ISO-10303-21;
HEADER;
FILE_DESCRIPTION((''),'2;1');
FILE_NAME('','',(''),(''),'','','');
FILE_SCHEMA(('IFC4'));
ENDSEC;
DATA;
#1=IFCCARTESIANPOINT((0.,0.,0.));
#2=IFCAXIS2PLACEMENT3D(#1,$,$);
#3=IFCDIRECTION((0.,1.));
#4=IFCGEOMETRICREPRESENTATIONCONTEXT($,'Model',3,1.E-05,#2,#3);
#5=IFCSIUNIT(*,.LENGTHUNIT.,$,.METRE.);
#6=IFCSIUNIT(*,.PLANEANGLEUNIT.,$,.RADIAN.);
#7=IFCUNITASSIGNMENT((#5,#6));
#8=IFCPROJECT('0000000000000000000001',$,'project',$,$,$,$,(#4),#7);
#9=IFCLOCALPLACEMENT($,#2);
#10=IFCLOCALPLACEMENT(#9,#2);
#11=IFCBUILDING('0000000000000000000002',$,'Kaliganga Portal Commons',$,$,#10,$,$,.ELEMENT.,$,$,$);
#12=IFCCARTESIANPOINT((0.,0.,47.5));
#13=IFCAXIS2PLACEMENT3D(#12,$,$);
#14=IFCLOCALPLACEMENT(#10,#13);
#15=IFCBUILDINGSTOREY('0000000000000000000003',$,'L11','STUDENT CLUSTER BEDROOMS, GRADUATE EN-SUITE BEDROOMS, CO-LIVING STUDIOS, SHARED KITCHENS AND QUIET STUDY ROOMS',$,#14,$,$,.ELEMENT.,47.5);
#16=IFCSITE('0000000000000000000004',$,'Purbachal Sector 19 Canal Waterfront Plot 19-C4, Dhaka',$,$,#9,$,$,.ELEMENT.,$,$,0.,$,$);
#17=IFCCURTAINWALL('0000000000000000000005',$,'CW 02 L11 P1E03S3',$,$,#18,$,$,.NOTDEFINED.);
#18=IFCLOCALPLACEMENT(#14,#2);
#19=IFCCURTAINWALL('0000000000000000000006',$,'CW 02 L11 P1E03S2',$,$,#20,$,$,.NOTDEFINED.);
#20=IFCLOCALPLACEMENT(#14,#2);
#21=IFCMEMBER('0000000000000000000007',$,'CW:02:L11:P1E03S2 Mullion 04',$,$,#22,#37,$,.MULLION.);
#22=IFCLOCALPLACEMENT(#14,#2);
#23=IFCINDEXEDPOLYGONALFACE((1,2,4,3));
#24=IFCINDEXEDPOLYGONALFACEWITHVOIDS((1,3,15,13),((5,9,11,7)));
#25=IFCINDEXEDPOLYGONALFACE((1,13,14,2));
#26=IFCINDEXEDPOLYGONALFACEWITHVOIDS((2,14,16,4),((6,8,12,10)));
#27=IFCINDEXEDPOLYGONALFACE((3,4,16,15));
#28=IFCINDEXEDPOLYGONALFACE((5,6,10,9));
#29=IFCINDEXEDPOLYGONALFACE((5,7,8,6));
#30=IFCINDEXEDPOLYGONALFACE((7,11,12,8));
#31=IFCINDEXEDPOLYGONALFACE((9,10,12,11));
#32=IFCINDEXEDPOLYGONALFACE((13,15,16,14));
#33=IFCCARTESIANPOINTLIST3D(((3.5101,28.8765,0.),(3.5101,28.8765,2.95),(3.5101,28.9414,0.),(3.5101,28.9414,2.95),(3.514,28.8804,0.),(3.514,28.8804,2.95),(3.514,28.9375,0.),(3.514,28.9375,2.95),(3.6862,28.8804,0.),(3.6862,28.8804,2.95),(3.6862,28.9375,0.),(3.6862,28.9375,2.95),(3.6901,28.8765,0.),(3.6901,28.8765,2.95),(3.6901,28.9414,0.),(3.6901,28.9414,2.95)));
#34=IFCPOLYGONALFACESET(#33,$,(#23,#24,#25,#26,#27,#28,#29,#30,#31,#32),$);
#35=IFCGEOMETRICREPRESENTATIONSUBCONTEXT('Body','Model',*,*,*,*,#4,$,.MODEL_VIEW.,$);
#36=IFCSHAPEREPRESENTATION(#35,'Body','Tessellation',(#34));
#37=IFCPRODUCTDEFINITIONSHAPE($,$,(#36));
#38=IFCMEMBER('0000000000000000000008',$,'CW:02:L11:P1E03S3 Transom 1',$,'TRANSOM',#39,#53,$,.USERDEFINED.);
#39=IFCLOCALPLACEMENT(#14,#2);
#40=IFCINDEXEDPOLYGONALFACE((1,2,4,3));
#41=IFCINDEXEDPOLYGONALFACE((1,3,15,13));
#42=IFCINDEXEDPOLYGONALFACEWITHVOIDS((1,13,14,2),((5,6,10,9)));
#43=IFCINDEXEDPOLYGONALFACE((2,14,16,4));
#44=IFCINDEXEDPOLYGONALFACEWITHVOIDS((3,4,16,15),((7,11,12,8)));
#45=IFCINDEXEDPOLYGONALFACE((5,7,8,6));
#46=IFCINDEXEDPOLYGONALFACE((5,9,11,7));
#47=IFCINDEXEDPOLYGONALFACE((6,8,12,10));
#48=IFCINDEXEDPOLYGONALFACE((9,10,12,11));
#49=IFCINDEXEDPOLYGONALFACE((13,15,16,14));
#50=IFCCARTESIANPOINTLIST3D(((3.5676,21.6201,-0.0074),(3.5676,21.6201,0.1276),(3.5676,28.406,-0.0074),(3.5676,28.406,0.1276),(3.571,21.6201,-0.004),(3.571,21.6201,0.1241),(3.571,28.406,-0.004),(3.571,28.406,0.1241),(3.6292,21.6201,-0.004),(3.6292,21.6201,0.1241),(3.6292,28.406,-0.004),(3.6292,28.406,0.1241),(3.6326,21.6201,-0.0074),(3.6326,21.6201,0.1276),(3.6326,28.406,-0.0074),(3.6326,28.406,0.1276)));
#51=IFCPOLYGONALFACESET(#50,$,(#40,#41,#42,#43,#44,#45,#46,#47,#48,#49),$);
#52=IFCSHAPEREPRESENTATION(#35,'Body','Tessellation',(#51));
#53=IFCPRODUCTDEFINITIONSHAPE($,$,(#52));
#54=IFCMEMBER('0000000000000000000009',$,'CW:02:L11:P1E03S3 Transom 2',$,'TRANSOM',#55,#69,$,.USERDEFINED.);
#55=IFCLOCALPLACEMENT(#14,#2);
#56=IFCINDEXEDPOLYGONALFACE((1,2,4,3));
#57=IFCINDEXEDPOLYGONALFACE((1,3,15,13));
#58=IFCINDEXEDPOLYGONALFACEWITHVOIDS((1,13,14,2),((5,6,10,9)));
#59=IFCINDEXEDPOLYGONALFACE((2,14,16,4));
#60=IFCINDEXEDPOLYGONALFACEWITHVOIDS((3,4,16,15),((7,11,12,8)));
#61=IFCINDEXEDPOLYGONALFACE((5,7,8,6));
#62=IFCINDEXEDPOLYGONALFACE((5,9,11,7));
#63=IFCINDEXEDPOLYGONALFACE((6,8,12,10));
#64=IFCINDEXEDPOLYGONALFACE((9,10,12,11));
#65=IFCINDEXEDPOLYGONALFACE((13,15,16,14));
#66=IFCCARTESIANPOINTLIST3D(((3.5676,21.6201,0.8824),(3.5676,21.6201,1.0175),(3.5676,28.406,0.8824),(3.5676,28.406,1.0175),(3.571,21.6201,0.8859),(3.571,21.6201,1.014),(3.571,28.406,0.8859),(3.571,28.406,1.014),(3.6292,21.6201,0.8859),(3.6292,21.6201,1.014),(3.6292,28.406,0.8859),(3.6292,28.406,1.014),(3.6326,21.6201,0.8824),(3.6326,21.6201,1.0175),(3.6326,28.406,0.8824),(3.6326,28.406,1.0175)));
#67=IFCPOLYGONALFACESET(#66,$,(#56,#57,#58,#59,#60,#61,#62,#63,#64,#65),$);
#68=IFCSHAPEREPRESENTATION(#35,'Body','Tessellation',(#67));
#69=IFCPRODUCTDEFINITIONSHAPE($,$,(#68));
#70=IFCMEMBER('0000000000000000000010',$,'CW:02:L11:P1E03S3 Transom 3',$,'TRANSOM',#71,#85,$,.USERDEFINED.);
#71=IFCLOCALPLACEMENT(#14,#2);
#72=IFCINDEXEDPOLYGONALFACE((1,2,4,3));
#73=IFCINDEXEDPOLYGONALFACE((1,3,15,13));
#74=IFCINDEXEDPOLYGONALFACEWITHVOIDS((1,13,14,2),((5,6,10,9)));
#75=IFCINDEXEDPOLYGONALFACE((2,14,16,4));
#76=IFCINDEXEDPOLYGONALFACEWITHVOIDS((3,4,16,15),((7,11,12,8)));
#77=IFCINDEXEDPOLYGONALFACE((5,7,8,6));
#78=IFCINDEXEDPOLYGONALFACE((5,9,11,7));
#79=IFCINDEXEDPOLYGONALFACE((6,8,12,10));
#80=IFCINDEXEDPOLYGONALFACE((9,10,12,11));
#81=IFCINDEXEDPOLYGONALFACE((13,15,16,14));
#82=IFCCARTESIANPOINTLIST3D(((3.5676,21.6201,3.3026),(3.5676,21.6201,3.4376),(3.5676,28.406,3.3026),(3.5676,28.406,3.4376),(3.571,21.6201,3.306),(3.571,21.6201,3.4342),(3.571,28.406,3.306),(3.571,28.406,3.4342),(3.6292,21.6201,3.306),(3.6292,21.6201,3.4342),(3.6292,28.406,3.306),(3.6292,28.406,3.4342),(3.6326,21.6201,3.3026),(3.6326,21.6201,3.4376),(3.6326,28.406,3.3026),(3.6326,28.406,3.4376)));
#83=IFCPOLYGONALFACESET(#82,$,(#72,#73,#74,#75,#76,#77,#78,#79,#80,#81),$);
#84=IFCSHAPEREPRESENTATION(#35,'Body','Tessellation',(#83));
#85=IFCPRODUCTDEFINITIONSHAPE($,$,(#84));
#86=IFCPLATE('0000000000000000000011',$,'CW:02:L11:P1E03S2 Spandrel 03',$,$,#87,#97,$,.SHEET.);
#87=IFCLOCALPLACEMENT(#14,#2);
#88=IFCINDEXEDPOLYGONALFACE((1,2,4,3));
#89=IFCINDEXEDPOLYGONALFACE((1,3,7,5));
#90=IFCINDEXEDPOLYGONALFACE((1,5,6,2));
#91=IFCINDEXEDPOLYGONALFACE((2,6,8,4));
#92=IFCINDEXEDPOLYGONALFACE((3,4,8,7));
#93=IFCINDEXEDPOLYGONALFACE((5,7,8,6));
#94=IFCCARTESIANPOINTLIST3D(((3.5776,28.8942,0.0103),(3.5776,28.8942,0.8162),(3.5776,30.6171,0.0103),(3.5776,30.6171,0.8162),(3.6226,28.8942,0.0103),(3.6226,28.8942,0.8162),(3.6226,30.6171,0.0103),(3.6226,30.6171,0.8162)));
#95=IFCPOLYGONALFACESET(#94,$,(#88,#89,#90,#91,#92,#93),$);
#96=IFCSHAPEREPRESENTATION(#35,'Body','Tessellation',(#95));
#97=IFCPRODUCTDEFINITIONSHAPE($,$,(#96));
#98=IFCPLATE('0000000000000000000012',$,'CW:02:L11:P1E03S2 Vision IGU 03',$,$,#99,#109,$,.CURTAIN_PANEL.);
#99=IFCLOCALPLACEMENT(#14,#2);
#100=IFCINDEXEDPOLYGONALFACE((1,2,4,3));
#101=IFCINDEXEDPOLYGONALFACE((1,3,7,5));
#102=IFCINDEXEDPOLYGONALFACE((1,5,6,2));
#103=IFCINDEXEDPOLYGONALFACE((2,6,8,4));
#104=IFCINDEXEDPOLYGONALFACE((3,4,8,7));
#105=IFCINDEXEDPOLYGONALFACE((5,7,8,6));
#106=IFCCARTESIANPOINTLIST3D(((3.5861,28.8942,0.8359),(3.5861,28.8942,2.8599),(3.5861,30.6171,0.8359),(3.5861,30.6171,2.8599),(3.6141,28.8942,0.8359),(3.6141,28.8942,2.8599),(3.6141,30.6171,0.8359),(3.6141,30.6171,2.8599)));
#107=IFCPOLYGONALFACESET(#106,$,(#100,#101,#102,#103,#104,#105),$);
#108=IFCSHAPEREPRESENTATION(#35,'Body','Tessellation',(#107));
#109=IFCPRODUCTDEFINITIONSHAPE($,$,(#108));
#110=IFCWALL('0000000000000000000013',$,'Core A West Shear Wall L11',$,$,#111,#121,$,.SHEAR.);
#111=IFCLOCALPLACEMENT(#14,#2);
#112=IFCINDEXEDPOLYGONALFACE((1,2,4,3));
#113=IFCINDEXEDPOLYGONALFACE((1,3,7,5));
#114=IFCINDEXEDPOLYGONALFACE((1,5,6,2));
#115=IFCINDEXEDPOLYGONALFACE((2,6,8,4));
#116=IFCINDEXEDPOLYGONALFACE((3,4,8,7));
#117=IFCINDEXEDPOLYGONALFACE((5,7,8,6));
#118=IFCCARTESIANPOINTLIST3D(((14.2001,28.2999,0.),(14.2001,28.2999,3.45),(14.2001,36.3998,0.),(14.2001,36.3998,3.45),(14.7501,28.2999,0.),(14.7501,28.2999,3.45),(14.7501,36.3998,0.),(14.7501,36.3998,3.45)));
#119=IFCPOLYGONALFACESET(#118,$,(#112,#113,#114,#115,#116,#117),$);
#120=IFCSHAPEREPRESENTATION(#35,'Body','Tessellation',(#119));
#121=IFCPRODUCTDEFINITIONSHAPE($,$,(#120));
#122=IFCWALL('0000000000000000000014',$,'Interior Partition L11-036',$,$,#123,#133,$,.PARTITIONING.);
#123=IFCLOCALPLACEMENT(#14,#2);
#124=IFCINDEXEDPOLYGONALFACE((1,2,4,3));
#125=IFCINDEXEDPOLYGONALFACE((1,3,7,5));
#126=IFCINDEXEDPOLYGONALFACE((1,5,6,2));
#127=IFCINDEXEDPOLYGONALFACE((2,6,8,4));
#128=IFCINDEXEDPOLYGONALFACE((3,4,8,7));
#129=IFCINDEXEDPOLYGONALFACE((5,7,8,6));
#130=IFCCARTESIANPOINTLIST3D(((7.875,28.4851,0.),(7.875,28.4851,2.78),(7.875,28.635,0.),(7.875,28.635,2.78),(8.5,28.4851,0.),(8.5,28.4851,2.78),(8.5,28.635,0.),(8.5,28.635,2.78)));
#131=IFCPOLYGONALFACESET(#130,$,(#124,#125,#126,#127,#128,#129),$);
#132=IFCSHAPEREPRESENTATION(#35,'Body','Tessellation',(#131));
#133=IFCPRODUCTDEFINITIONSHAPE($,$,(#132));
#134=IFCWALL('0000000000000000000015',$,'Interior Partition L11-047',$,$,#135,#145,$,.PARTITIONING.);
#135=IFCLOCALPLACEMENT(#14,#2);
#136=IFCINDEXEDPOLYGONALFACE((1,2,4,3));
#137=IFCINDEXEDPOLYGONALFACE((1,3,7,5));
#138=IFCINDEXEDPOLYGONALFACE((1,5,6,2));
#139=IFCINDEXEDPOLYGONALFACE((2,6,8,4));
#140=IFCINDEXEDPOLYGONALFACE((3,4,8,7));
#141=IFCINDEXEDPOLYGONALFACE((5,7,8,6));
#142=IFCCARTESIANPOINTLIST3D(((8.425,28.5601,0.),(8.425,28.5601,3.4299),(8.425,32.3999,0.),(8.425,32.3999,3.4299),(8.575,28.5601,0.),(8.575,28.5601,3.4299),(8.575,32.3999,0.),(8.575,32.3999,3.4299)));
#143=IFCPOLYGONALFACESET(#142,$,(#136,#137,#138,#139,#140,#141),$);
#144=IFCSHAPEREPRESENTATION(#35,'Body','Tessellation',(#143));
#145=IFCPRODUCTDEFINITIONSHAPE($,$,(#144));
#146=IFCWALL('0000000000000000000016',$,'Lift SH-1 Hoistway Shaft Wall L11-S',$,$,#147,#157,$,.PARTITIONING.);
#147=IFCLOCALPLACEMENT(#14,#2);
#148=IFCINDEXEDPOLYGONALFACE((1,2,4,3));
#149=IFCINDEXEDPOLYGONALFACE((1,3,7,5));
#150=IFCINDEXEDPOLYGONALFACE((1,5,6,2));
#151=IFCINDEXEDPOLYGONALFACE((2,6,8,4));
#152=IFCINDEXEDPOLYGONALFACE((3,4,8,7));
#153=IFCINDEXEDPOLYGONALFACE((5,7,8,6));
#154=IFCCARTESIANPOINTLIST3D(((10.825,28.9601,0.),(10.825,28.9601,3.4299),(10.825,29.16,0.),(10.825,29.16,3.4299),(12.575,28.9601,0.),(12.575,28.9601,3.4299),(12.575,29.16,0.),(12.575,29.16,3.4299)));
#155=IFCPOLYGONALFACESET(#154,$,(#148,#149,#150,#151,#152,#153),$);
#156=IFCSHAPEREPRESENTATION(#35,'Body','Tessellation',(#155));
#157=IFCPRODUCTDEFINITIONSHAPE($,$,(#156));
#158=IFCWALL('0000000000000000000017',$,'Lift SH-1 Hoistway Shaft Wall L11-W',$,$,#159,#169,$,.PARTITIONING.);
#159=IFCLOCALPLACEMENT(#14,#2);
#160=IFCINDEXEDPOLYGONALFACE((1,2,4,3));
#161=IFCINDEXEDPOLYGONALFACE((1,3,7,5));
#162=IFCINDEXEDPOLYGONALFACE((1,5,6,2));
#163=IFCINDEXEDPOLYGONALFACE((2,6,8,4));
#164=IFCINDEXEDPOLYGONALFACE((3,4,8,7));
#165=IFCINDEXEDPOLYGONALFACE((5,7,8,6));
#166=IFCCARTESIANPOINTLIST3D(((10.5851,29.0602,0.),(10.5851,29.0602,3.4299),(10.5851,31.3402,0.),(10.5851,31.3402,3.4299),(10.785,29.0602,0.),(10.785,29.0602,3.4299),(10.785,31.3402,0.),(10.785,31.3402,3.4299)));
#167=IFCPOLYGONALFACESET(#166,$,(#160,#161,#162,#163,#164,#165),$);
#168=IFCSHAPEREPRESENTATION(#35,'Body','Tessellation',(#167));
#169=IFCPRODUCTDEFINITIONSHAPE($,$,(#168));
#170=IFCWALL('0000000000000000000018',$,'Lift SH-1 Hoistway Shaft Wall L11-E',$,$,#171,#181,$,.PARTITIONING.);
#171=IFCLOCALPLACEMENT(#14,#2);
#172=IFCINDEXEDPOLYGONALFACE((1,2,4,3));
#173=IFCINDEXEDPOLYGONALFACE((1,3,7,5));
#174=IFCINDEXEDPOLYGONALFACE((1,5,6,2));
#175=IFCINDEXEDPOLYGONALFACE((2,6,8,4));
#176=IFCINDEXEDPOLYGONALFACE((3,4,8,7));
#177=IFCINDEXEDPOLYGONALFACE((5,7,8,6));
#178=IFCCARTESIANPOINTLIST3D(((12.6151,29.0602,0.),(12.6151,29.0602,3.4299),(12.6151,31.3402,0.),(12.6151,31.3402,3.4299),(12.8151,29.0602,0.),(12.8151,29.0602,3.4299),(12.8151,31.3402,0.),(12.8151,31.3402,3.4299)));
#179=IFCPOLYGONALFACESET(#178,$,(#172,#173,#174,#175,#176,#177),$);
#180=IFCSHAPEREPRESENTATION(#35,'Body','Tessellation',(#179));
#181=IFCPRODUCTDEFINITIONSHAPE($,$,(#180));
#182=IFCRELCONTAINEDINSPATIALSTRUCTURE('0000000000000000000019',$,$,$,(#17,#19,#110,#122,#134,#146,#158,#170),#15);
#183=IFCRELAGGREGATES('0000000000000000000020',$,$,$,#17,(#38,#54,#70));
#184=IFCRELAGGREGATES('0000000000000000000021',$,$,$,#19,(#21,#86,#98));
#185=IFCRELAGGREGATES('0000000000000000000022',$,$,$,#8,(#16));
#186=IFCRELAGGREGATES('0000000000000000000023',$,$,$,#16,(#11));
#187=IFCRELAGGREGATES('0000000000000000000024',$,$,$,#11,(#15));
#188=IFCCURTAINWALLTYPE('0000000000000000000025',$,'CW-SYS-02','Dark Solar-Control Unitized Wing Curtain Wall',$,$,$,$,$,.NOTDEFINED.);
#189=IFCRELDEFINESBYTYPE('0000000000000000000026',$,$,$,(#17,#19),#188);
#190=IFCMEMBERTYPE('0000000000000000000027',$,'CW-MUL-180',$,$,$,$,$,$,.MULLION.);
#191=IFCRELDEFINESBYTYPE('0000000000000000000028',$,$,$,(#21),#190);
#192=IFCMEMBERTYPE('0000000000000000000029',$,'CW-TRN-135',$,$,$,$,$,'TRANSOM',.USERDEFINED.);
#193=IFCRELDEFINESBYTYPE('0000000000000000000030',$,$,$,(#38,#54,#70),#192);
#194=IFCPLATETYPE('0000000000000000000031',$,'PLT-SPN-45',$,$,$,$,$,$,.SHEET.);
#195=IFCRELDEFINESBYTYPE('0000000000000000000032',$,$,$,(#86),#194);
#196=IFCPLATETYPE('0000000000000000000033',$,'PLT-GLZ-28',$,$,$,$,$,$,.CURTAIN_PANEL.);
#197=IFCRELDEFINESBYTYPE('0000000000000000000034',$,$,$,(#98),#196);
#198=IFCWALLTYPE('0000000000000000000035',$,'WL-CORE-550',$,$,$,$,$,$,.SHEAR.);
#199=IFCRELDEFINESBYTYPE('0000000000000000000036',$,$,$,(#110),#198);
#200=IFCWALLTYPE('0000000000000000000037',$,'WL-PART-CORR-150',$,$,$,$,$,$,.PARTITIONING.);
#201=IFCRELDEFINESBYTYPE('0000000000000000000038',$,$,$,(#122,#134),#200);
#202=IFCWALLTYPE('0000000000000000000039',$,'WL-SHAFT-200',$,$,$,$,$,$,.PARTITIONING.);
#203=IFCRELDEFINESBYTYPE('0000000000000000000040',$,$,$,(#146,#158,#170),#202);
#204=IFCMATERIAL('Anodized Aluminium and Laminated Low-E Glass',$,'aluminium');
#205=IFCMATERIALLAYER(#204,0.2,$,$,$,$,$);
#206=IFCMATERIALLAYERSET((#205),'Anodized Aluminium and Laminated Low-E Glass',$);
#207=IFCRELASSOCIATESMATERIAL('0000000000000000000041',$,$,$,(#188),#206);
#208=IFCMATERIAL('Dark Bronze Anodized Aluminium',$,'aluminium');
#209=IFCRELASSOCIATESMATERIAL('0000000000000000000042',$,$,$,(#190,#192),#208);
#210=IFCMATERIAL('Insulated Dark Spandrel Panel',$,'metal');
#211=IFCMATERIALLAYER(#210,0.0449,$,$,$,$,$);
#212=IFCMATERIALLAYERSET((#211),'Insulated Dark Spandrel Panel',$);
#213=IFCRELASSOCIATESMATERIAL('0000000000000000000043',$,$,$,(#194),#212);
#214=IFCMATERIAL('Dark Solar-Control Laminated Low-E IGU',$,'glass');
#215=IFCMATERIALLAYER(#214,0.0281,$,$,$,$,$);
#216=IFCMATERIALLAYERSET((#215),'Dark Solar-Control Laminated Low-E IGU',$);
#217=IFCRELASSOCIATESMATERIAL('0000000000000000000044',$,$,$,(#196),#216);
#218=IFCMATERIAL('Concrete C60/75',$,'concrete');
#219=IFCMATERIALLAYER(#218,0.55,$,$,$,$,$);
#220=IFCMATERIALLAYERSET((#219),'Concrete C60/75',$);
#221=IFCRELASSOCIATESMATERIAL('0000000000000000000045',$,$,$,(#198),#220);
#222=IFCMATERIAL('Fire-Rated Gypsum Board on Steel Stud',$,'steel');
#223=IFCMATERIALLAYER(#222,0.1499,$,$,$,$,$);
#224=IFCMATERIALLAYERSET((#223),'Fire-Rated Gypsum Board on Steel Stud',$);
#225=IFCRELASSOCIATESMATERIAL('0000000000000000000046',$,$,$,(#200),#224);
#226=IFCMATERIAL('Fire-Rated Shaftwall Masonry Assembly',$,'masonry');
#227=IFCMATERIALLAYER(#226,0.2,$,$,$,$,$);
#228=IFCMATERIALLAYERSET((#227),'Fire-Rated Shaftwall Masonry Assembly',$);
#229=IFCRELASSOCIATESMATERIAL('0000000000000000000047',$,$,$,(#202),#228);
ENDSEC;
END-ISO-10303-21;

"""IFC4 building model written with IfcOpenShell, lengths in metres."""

from ifc_helpers import new_model, si_unit, direction, frame, frame_2d, origin, origin_2d, place, context, subcontext, project, spatial, rectangle, hollow_rectangle, extrude, source, transform, mapped, material, layer, layer_set, material_profile, profile_set, type_object, element, aggregate, save


model = new_model("IFC4")

# Units and contexts
model_context = context("Model", 3, precision=1e-05, world=origin(), true_north=direction((0.0, 1.0)))
body_context = subcontext(model_context, "Body", "Model", "MODEL_VIEW")
ifc_project = project(units=[si_unit("LENGTHUNIT", "METRE"), si_unit("PLANEANGLEUNIT", "RADIAN")], contexts=[model_context])

# Site, building, storey
site_placement = place(None, origin())
site = spatial("IfcSite", under=ifc_project, at=site_placement, Name="Purbachal Sector 19 Canal Waterfront Plot 19-C4, Dhaka", CompositionType="ELEMENT", RefElevation=0.0)
building_placement = place(site_placement, origin())
building = spatial("IfcBuilding", under=site, at=building_placement, Name="Kaliganga Portal Commons", CompositionType="ELEMENT")
storey_placement = place(building_placement, frame((0.0, 0.0, 47.5)))
storey = spatial("IfcBuildingStorey", under=building, at=storey_placement, Name="L11", Description="STUDENT CLUSTER BEDROOMS, GRADUATE EN-SUITE BEDROOMS, CO-LIVING STUDIOS, SHARED KITCHENS AND QUIET STUDY ROOMS", CompositionType="ELEMENT", Elevation=47.5)

# Curtain wall
ifc_material_1 = material(Name="Anodized Aluminium and Laminated Low-E Glass", Category="aluminium")
ifc_layer_1 = layer(ifc_material_1, 0.2)
ifc_layer_set_1 = layer_set([ifc_layer_1], Name="Anodized Aluminium and Laminated Low-E Glass")
curtain_wall_type = type_object("IfcCurtainWallType", Name="CW-SYS-02", Description="Dark Solar-Control Unitized Wing Curtain Wall", PredefinedType="NOTDEFINED", material=ifc_layer_set_1)
curtain_wall_1_placement = place(storey_placement, origin())
curtain_wall_1 = element("IfcCurtainWall", 1, at=curtain_wall_1_placement, inside=storey, type_object=curtain_wall_type, Name="CW 02 L11 P1E03S3", PredefinedType="NOTDEFINED")
ifc_material_2 = material(Name="Dark Bronze Anodized Aluminium", Category="aluminium")
ifc_material_profile_1 = material_profile(ifc_material_2, hollow_rectangle(XDim=0.0649, YDim=0.1799, WallThickness=0.0039, at=origin_2d()), Name="ALU MULL 65x180x4")
ifc_profile_set_1 = profile_set([ifc_material_profile_1], Name="Dark Bronze Anodized Aluminium")
member_type_1 = type_object("IfcMemberType", Name="CW-MUL-180", PredefinedType="MULLION", material=ifc_profile_set_1)

# Curtain wall, member
curtain_wall_2_placement = place(storey_placement, origin())
curtain_wall_2 = element("IfcCurtainWall", 2, at=curtain_wall_2_placement, inside=storey, type_object=curtain_wall_type, Name="CW 02 L11 P1E03S2", PredefinedType="NOTDEFINED")
shared_shape_1 = source(origin(), body_context, "Body", "SweptSolid", [
    extrude(hollow_rectangle(XDim=0.0649, YDim=0.1799, WallThickness=0.0039, at=origin_2d()), origin(), (0.0, 0.0, 1.0), 2.95),
])
member_1_placement = place(storey_placement, frame((3.6001, 28.9089, 0.0), z_axis=(0.0, 0.0, 1.0), x_axis=(0.0, -1.0, 0.0)))
member_1 = element("IfcMember", 3, at=member_1_placement, type_object=member_type_1, Name="CW:02:L11:P1E03S2 Mullion 04", PredefinedType="MULLION", context=body_context, shape_type="MappedRepresentation", body=[
    mapped(shared_shape_1, transform((0.0, 0.0, 0.0), x_axis=(1.0, 0.0, 0.0), y_axis=(0.0, 1.0, 0.0), z_axis=(0.0, 0.0, 1.0), scale=1.0)),
])

# Members
ifc_material_profile_2 = material_profile(ifc_material_2, hollow_rectangle(XDim=0.0649, YDim=0.135, WallThickness=0.0034, at=origin_2d()), Name="ALU TRAN 65x135x3.5")
ifc_profile_set_2 = profile_set([ifc_material_profile_2], Name="Dark Bronze Anodized Aluminium")
member_type_2 = type_object("IfcMemberType", Name="CW-TRN-135", ElementType="TRANSOM", PredefinedType="USERDEFINED", material=ifc_profile_set_2)
shared_shape_2 = source(origin(), body_context, "Body", "SweptSolid", [
    extrude(hollow_rectangle(XDim=0.0649, YDim=0.135, WallThickness=0.0034, at=origin_2d()), origin(), (0.0, 0.0, 1.0), 6.7859),
])
member_2_placement = place(storey_placement, frame((3.6001, 28.406, 0.0601), z_axis=(0.0, -1.0, 0.0), x_axis=(1.0, 0.0, 0.0)))
member_2 = element("IfcMember", 4, at=member_2_placement, type_object=member_type_2, Name="CW:02:L11:P1E03S3 Transom 1", ObjectType="TRANSOM", PredefinedType="USERDEFINED", context=body_context, shape_type="MappedRepresentation", body=[
    mapped(shared_shape_2, transform((0.0, 0.0, 0.0), x_axis=(1.0, 0.0, 0.0), y_axis=(0.0, 1.0, 0.0), z_axis=(0.0, 0.0, 1.0), scale=1.0)),
])
member_3_placement = place(storey_placement, frame((3.6001, 28.406, 0.95), z_axis=(0.0, -1.0, 0.0), x_axis=(1.0, 0.0, 0.0)))
member_3 = element("IfcMember", 5, at=member_3_placement, type_object=member_type_2, Name="CW:02:L11:P1E03S3 Transom 2", ObjectType="TRANSOM", PredefinedType="USERDEFINED", context=body_context, shape_type="MappedRepresentation", body=[
    mapped(shared_shape_2, transform((0.0, 0.0, 0.0), x_axis=(1.0, 0.0, 0.0), y_axis=(0.0, 1.0, 0.0), z_axis=(0.0, 0.0, 1.0), scale=1.0)),
])
member_4_placement = place(storey_placement, frame((3.6001, 28.406, 3.3701), z_axis=(0.0, -1.0, 0.0), x_axis=(1.0, 0.0, 0.0)))
member_4 = element("IfcMember", 6, at=member_4_placement, type_object=member_type_2, Name="CW:02:L11:P1E03S3 Transom 3", ObjectType="TRANSOM", PredefinedType="USERDEFINED", context=body_context, shape_type="MappedRepresentation", body=[
    mapped(shared_shape_2, transform((0.0, 0.0, 0.0), x_axis=(1.0, 0.0, 0.0), y_axis=(0.0, 1.0, 0.0), z_axis=(0.0, 0.0, 1.0), scale=1.0)),
])
aggregate(curtain_wall_1, [member_2, member_3, member_4])

# Plates
ifc_material_3 = material(Name="Insulated Dark Spandrel Panel", Category="metal")
ifc_layer_2 = layer(ifc_material_3, 0.0449)
ifc_layer_set_2 = layer_set([ifc_layer_2], Name="Insulated Dark Spandrel Panel")
plate_type_1 = type_object("IfcPlateType", Name="PLT-SPN-45", PredefinedType="SHEET", material=ifc_layer_set_2)
shared_shape_3 = source(origin(), body_context, "Body", "SweptSolid", [
    extrude(rectangle(XDim=1.7229, YDim=0.0449, at=origin_2d()), origin(), (0.0, 0.0, 1.0), 0.8059),
])
plate_1_placement = place(storey_placement, frame((3.6001, 29.7556, 0.0103), z_axis=(0.0, 0.0, 1.0), x_axis=(0.0, -1.0, 0.0)))
plate_1 = element("IfcPlate", 7, at=plate_1_placement, type_object=plate_type_1, Name="CW:02:L11:P1E03S2 Spandrel 03", PredefinedType="SHEET", context=body_context, shape_type="MappedRepresentation", body=[
    mapped(shared_shape_3, transform((0.0, 0.0, 0.0), x_axis=(1.0, 0.0, 0.0), y_axis=(0.0, 1.0, 0.0), z_axis=(0.0, 0.0, 1.0), scale=1.0)),
])
ifc_material_4 = material(Name="Dark Solar-Control Laminated Low-E IGU", Category="glass")
ifc_layer_3 = layer(ifc_material_4, 0.0281)
ifc_layer_set_3 = layer_set([ifc_layer_3], Name="Dark Solar-Control Laminated Low-E IGU")
plate_type_2 = type_object("IfcPlateType", Name="PLT-GLZ-28", PredefinedType="CURTAIN_PANEL", material=ifc_layer_set_3)
shared_shape_4 = source(origin(), body_context, "Body", "SweptSolid", [
    extrude(rectangle(XDim=1.7229, YDim=0.0281, at=origin_2d()), origin(), (0.0, 0.0, 1.0), 2.0239),
])
plate_2_placement = place(storey_placement, frame((3.6001, 29.7556, 0.8359), z_axis=(0.0, 0.0, 1.0), x_axis=(0.0, -1.0, 0.0)))
plate_2 = element("IfcPlate", 8, at=plate_2_placement, type_object=plate_type_2, Name="CW:02:L11:P1E03S2 Vision IGU 03", PredefinedType="CURTAIN_PANEL", context=body_context, shape_type="MappedRepresentation", body=[
    mapped(shared_shape_4, transform((0.0, 0.0, 0.0), x_axis=(1.0, 0.0, 0.0), y_axis=(0.0, 1.0, 0.0), z_axis=(0.0, 0.0, 1.0), scale=1.0)),
])
aggregate(curtain_wall_2, [member_1, plate_1, plate_2])

# Wall
ifc_material_5 = material(Name="Concrete C60/75", Category="concrete")
ifc_layer_4 = layer(ifc_material_5, 0.55)
ifc_layer_set_4 = layer_set([ifc_layer_4], Name="Concrete C60/75")
wall_type_1 = type_object("IfcWallType", Name="WL-CORE-550", PredefinedType="SHEAR", material=ifc_layer_set_4)
wall_1_placement = place(storey_placement, frame((14.4751, 28.3, 0.0), z_axis=(0.0, 0.0, 1.0), x_axis=(0.0, 1.0, 0.0)))
element("IfcWall", 9, at=wall_1_placement, inside=storey, type_object=wall_type_1, Name="Core A West Shear Wall L11", PredefinedType="SHEAR", context=body_context, shape_type="SweptSolid", body=[
    extrude(rectangle(XDim=8.0999, YDim=0.55, at=frame_2d((4.0498, 0.0))), origin(), (0.0, 0.0, 1.0), 3.45),
])

# Shared definitions
ifc_material_6 = material(Name="Fire-Rated Gypsum Board on Steel Stud", Category="steel")
ifc_layer_5 = layer(ifc_material_6, 0.1499)
ifc_layer_set_5 = layer_set([ifc_layer_5], Name="Fire-Rated Gypsum Board on Steel Stud")
wall_type_2 = type_object("IfcWallType", Name="WL-PART-CORR-150", PredefinedType="PARTITIONING", material=ifc_layer_set_5)

# Walls
wall_2_placement = place(storey_placement, frame((7.875, 28.5601, 0.0), z_axis=(0.0, 0.0, 1.0), x_axis=(1.0, 0.0, 0.0)))
element("IfcWall", 10, at=wall_2_placement, inside=storey, type_object=wall_type_2, Name="Interior Partition L11-036", PredefinedType="PARTITIONING", context=body_context, shape_type="SweptSolid", body=[
    extrude(rectangle(XDim=0.625, YDim=0.1499, at=frame_2d((0.3125, 0.0))), origin(), (0.0, 0.0, 1.0), 2.78),
])
wall_3_placement = place(storey_placement, frame((8.5, 28.5601, 0.0), z_axis=(0.0, 0.0, 1.0), x_axis=(0.0, 1.0, 0.0)))
element("IfcWall", 11, at=wall_3_placement, inside=storey, type_object=wall_type_2, Name="Interior Partition L11-047", PredefinedType="PARTITIONING", context=body_context, shape_type="SweptSolid", body=[
    extrude(rectangle(XDim=3.8398, YDim=0.1499, at=frame_2d((1.9199, 0.0))), origin(), (0.0, 0.0, 1.0), 3.4299),
])
ifc_material_7 = material(Name="Fire-Rated Shaftwall Masonry Assembly", Category="masonry")
ifc_layer_6 = layer(ifc_material_7, 0.2)
ifc_layer_set_6 = layer_set([ifc_layer_6], Name="Fire-Rated Shaftwall Masonry Assembly")
wall_type_3 = type_object("IfcWallType", Name="WL-SHAFT-200", PredefinedType="PARTITIONING", material=ifc_layer_set_6)
wall_4_placement = place(storey_placement, frame((10.825, 29.0601, 0.0), z_axis=(0.0, 0.0, 1.0), x_axis=(1.0, 0.0, 0.0)))
element("IfcWall", 12, at=wall_4_placement, inside=storey, type_object=wall_type_3, Name="Lift SH-1 Hoistway Shaft Wall L11-S", PredefinedType="PARTITIONING", context=body_context, shape_type="SweptSolid", body=[
    extrude(rectangle(XDim=1.75, YDim=0.2, at=frame_2d((0.875, 0.0))), origin(), (0.0, 0.0, 1.0), 3.4299),
])
for number, where, z_axis, x_axis, name in (
    (13, (10.6851, 29.0601, 0.0), (0.0, 0.0, 1.0), (0.0, 1.0, 0.0), "Lift SH-1 Hoistway Shaft Wall L11-W"),
    (14, (12.7151, 29.0601, 0.0), (0.0, 0.0, 1.0), (0.0, 1.0, 0.0), "Lift SH-1 Hoistway Shaft Wall L11-E"),
):
    element("IfcWall", number, at=place(storey_placement, frame(where, z_axis=z_axis, x_axis=x_axis)), inside=storey, type_object=wall_type_3, Name=name, PredefinedType="PARTITIONING", context=body_context, shape_type="SweptSolid", body=[
        extrude(rectangle(XDim=2.28, YDim=0.2, at=frame_2d((1.1401, 0.0))), origin(), (0.0, 0.0, 1.0), 3.4299),
    ])

save(model, "model.ifc")
